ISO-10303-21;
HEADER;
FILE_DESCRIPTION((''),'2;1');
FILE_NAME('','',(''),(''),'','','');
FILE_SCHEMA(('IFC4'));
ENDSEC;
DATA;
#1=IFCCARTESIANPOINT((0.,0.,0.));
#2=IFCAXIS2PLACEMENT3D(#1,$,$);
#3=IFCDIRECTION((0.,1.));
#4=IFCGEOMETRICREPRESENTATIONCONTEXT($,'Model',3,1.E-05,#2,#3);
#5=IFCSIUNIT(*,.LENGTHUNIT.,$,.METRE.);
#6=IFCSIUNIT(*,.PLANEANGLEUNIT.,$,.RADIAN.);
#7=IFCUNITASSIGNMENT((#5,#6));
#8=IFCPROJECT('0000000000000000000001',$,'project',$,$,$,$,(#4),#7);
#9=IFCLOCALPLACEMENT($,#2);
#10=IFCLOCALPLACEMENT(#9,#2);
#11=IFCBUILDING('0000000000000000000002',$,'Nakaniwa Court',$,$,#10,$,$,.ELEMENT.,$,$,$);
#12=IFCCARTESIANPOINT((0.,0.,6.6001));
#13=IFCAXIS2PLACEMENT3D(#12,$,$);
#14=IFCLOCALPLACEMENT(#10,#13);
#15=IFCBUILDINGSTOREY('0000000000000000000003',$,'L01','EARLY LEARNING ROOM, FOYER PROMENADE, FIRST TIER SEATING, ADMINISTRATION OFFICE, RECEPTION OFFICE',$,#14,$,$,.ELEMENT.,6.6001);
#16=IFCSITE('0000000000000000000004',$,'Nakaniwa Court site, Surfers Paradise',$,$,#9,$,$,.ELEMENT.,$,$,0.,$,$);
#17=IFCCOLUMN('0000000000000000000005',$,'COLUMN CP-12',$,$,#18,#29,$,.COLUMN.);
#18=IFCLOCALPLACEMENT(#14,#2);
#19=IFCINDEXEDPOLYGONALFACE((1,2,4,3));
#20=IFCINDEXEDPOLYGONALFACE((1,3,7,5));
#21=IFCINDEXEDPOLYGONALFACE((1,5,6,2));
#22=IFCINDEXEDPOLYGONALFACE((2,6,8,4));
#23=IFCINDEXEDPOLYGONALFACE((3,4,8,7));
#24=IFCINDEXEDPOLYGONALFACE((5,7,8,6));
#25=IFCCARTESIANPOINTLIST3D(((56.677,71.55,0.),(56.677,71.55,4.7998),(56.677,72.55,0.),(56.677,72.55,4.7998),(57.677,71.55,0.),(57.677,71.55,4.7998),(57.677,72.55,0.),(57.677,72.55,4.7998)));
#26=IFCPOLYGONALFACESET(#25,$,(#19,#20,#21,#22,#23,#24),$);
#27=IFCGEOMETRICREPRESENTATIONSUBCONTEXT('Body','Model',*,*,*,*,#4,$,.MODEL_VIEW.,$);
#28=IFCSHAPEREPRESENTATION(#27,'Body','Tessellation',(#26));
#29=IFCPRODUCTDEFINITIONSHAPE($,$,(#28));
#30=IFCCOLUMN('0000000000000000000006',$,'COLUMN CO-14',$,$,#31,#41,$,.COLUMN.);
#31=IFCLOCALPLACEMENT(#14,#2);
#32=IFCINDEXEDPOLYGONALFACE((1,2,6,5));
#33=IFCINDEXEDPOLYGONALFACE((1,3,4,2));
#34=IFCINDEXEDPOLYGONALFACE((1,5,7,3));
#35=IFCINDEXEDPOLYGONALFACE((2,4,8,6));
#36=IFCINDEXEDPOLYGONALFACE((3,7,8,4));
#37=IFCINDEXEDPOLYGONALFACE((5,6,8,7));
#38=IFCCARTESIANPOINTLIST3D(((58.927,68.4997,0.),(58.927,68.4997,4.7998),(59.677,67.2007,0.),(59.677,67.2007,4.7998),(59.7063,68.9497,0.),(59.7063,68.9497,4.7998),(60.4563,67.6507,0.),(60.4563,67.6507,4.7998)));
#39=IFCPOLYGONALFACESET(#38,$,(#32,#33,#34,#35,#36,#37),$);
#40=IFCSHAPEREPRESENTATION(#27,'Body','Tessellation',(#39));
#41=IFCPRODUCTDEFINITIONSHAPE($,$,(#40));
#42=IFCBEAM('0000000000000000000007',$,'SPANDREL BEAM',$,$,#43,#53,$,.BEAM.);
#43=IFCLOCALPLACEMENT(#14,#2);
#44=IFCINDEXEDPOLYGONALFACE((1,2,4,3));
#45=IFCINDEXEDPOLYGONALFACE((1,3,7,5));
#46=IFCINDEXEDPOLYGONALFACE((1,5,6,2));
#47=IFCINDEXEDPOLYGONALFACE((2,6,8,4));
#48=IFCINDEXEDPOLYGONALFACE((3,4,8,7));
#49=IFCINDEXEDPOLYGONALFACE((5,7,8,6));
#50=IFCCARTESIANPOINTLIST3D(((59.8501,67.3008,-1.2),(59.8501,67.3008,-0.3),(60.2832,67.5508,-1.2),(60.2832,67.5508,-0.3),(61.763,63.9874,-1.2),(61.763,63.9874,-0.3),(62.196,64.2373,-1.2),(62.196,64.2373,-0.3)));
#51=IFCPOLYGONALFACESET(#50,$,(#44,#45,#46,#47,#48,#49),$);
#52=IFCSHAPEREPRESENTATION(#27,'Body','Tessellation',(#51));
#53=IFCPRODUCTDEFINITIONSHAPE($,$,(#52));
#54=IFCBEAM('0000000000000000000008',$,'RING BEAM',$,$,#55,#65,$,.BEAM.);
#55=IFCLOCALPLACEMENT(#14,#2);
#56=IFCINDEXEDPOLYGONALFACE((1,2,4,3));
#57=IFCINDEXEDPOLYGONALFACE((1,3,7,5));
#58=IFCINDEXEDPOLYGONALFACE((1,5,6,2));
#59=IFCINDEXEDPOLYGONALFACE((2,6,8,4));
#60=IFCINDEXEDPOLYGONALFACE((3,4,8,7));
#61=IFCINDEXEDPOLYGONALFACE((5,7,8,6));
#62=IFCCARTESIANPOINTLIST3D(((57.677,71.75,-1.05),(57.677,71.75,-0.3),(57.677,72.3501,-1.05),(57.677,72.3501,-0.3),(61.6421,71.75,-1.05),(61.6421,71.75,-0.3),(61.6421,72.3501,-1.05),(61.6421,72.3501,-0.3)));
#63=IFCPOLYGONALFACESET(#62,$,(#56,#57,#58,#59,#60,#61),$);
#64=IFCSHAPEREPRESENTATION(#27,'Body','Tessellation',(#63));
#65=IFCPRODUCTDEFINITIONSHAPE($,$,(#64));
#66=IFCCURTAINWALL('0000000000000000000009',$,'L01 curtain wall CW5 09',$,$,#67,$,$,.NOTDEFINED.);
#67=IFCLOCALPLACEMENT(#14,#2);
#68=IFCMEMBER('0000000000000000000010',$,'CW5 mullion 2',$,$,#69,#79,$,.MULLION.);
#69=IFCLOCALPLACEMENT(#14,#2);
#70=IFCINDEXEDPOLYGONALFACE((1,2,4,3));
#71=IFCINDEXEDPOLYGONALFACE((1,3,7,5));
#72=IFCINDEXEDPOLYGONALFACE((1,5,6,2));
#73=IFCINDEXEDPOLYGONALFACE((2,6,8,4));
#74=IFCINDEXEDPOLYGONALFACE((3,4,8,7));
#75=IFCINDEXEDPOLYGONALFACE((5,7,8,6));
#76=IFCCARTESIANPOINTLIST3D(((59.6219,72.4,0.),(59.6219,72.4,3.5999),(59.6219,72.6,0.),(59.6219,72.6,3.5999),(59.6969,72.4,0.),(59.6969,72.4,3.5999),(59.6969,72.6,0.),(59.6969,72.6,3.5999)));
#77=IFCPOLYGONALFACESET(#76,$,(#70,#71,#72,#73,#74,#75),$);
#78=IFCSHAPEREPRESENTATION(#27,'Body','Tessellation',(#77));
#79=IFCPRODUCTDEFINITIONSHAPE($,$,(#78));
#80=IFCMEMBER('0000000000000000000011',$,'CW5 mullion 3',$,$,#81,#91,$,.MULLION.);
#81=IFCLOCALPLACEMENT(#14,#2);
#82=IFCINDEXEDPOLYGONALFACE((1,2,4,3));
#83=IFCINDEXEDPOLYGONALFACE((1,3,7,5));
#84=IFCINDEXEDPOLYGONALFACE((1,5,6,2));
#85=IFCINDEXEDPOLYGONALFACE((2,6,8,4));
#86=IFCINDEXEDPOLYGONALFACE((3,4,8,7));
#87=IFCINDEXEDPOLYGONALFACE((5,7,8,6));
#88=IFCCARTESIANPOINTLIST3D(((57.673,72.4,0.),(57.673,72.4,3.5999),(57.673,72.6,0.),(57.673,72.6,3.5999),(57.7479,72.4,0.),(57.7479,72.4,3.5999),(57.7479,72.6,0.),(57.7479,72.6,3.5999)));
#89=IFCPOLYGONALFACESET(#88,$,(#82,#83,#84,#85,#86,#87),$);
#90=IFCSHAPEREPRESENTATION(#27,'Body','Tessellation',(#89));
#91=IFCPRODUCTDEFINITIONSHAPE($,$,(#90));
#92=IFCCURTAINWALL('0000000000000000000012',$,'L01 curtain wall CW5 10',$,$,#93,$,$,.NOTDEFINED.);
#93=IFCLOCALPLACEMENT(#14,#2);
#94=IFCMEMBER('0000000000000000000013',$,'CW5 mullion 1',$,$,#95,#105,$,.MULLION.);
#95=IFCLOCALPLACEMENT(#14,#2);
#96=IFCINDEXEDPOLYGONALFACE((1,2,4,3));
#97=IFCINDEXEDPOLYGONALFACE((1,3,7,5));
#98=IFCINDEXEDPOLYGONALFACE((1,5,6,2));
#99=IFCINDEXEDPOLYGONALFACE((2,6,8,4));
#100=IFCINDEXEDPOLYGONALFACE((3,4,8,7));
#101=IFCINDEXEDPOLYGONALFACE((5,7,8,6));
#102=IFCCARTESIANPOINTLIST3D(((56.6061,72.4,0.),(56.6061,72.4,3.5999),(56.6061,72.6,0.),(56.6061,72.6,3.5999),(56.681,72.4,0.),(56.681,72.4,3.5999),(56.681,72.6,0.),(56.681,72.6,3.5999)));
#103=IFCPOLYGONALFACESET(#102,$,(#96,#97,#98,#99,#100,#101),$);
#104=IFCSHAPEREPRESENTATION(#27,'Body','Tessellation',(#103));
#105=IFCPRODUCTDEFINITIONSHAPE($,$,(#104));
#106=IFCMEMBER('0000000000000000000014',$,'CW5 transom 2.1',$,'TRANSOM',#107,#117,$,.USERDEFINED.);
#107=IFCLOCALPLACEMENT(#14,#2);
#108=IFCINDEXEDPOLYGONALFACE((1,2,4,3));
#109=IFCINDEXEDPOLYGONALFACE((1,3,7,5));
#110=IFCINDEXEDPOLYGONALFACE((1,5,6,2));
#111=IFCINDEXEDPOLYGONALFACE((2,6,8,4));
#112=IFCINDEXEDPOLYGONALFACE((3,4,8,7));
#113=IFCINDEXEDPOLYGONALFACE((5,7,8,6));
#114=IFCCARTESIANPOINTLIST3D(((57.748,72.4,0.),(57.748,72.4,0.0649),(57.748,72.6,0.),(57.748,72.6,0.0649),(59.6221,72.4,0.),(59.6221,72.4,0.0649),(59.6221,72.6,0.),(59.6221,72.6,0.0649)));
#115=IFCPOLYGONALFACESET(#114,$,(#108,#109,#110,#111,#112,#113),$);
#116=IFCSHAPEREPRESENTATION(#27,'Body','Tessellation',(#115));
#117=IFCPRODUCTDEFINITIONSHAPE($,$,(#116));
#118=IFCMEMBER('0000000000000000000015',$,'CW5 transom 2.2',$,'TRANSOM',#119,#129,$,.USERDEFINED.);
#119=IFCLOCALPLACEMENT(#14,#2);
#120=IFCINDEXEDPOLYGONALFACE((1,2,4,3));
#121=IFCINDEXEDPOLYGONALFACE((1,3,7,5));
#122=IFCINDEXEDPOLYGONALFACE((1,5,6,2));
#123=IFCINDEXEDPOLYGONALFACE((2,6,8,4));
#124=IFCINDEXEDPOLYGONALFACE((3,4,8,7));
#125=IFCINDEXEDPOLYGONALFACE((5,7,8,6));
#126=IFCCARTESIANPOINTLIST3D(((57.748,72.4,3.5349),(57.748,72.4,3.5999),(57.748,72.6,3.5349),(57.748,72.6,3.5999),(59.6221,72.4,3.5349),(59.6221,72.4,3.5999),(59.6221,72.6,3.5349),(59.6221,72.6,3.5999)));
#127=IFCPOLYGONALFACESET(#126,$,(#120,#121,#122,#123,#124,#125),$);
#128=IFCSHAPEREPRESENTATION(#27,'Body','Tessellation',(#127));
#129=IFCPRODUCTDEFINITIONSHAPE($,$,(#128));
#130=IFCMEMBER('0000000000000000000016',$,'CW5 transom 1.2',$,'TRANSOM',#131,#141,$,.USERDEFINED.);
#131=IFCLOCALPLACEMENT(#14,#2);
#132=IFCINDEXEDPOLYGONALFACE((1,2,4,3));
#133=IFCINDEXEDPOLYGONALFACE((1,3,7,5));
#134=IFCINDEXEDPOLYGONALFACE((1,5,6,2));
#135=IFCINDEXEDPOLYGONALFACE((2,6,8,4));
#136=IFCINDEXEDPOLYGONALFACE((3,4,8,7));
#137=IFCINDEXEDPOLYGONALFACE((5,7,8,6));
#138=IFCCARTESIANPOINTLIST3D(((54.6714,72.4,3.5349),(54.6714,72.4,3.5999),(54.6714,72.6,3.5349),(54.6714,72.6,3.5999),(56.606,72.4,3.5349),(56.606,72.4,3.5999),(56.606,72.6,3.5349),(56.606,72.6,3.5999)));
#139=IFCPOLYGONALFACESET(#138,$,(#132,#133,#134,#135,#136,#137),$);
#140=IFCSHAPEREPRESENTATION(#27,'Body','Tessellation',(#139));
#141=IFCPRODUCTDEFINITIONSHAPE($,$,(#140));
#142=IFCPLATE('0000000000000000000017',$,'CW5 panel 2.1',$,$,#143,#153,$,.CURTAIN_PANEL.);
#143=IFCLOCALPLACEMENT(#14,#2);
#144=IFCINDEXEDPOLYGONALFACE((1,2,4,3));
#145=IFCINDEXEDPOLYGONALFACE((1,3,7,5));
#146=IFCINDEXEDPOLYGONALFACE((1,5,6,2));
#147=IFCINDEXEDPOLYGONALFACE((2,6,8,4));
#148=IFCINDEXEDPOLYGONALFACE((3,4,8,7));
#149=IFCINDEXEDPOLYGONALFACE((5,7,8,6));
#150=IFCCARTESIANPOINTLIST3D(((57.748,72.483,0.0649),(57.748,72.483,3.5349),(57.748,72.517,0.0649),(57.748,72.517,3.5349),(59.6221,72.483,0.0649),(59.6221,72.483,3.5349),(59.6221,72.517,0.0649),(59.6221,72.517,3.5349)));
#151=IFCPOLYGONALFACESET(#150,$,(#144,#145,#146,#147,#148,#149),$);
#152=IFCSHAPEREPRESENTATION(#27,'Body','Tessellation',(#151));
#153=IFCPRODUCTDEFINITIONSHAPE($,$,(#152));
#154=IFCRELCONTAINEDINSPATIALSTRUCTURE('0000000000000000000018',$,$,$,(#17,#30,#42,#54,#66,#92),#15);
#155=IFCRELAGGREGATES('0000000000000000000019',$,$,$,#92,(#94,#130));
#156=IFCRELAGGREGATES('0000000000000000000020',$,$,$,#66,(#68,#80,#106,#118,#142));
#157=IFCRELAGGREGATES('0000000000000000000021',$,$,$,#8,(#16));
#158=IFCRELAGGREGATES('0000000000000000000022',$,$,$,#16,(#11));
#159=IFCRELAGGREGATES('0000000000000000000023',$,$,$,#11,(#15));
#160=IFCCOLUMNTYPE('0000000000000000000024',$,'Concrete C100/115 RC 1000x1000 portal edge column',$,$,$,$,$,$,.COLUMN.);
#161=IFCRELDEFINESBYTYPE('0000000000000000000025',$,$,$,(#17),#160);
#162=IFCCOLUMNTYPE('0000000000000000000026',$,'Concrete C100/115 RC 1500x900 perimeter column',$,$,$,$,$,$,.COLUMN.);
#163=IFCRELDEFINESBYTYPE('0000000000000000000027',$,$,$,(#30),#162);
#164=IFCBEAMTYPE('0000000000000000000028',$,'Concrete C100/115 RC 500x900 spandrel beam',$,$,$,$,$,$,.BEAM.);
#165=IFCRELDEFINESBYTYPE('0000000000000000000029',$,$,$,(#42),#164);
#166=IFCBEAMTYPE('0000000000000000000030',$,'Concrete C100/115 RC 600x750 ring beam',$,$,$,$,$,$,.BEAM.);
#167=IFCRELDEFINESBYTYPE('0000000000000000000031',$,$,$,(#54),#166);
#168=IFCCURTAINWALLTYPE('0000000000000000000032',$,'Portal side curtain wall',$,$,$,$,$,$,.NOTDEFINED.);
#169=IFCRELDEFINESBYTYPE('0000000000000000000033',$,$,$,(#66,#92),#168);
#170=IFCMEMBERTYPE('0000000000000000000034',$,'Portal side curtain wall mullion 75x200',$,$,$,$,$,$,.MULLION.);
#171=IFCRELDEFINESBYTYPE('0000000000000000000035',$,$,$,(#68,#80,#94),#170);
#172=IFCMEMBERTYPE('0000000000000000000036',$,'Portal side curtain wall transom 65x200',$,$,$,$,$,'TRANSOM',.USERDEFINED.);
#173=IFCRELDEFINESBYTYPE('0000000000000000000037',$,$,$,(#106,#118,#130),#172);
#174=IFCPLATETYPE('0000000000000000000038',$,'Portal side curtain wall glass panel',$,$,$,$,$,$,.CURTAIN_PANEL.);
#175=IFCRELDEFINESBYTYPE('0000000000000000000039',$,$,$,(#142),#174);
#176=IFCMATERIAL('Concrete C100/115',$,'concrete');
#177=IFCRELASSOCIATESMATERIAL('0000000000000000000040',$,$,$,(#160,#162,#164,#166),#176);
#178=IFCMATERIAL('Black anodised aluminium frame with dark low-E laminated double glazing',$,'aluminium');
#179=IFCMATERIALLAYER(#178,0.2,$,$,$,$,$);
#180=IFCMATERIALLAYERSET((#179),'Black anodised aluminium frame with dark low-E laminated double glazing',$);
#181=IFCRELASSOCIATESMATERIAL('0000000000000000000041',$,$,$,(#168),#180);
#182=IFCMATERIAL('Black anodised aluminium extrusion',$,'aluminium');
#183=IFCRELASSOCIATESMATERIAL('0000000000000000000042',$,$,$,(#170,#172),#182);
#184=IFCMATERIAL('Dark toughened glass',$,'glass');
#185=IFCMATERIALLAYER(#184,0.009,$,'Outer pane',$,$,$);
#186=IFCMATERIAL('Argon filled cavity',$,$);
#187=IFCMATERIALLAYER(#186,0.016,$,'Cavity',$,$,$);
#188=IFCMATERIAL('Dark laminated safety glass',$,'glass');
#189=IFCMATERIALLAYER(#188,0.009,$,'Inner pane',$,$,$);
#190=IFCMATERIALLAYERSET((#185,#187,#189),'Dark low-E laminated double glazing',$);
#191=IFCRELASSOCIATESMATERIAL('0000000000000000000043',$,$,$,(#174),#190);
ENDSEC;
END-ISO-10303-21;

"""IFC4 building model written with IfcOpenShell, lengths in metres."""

from ifc_helpers import new_model, si_unit, direction, frame, origin, origin_2d, place, context, subcontext, project, spatial, rectangle, extrude, material, layer, layer_set, material_profile, profile_set, type_object, element, aggregate, save


model = new_model("IFC4")

# Units and contexts
model_context = context("Model", 3, precision=1e-05, world=origin(), true_north=direction((0.0, 1.0)))
body_context = subcontext(model_context, "Body", "Model", "MODEL_VIEW")
ifc_project = project(units=[si_unit("LENGTHUNIT", "METRE"), si_unit("PLANEANGLEUNIT", "RADIAN")], contexts=[model_context])

# Site, building, storey
site_placement = place(None, origin())
site = spatial("IfcSite", under=ifc_project, at=site_placement, Name="Nakaniwa Court site, Surfers Paradise", CompositionType="ELEMENT", RefElevation=0.0)
building_placement = place(site_placement, origin())
building = spatial("IfcBuilding", under=site, at=building_placement, Name="Nakaniwa Court", CompositionType="ELEMENT")
storey_placement = place(building_placement, frame((0.0, 0.0, 6.6001)))
storey = spatial("IfcBuildingStorey", under=building, at=storey_placement, Name="L01", Description="EARLY LEARNING ROOM, FOYER PROMENADE, FIRST TIER SEATING, ADMINISTRATION OFFICE, RECEPTION OFFICE", CompositionType="ELEMENT", Elevation=6.6001)

# Columns
ifc_material_1 = material(Name="Concrete C100/115", Category="concrete")
ifc_material_profile_1 = material_profile(ifc_material_1, rectangle(XDim=1.0, YDim=1.0, at=origin_2d()), Name="Concrete C100/115 RC 1000x1000 portal edge column")
ifc_profile_set_1 = profile_set([ifc_material_profile_1], Name="Concrete C100/115")
column_type_1 = type_object("IfcColumnType", Name="Concrete C100/115 RC 1000x1000 portal edge column", PredefinedType="COLUMN", material=ifc_profile_set_1)
column_1_placement = place(storey_placement, frame((57.177, 72.05, 0.0), z_axis=(0.0, 0.0, 1.0), x_axis=(1.0, 0.0, 0.0)))
element("IfcColumn", 1, at=column_1_placement, inside=storey, type_object=column_type_1, Name="COLUMN CP-12", PredefinedType="COLUMN", context=body_context, shape_type="SweptSolid", body=[
    extrude(rectangle(XDim=1.0, YDim=1.0, at=origin_2d()), origin(), (0.0, 0.0, 1.0), 4.7998),
])
ifc_material_profile_2 = material_profile(ifc_material_1, rectangle(XDim=1.5, YDim=0.8999, at=origin_2d()), Name="Concrete C100/115 RC 1500x900 perimeter column")
ifc_profile_set_2 = profile_set([ifc_material_profile_2], Name="Concrete C100/115")
column_type_2 = type_object("IfcColumnType", Name="Concrete C100/115 RC 1500x900 perimeter column", PredefinedType="COLUMN", material=ifc_profile_set_2)
column_2_placement = place(storey_placement, frame((59.6917, 68.0752, 0.0), z_axis=(0.0, 0.0, 1.0), x_axis=(0.5, -0.866025, 0.0)))
element("IfcColumn", 2, at=column_2_placement, inside=storey, type_object=column_type_2, Name="COLUMN CO-14", PredefinedType="COLUMN", context=body_context, shape_type="SweptSolid", body=[
    extrude(rectangle(XDim=1.5, YDim=0.8999, at=origin_2d()), origin(), (0.0, 0.0, 1.0), 4.7998),
])

# Beams
ifc_material_profile_3 = material_profile(ifc_material_1, rectangle(XDim=0.5, YDim=0.8999, at=origin_2d()), Name="Concrete C100/115 RC 500x900 spandrel beam")
ifc_profile_set_3 = profile_set([ifc_material_profile_3], Name="Concrete C100/115")
beam_type_1 = type_object("IfcBeamType", Name="Concrete C100/115 RC 500x900 spandrel beam", PredefinedType="BEAM", material=ifc_profile_set_3)
beam_1_placement = place(storey_placement, frame((60.0667, 67.4258, -0.75), z_axis=(0.499962, -0.866047, 0.0), x_axis=(0.866047, 0.499962, 0.0)))
element("IfcBeam", 3, at=beam_1_placement, inside=storey, type_object=beam_type_1, Name="SPANDREL BEAM", PredefinedType="BEAM", context=body_context, shape_type="SweptSolid", body=[
    extrude(rectangle(XDim=0.5, YDim=0.8999, at=origin_2d()), origin(), (0.0, 0.0, 1.0), 3.8259),
])
ifc_material_profile_4 = material_profile(ifc_material_1, rectangle(XDim=0.6001, YDim=0.75, at=origin_2d()), Name="Concrete C100/115 RC 600x750 ring beam")
ifc_profile_set_4 = profile_set([ifc_material_profile_4], Name="Concrete C100/115")
beam_type_2 = type_object("IfcBeamType", Name="Concrete C100/115 RC 600x750 ring beam", PredefinedType="BEAM", material=ifc_profile_set_4)
beam_2_placement = place(storey_placement, frame((57.677, 72.05, -0.675), z_axis=(1.0, 0.0, 0.0), x_axis=(0.0, 1.0, 0.0)))
element("IfcBeam", 4, at=beam_2_placement, inside=storey, type_object=beam_type_2, Name="RING BEAM", PredefinedType="BEAM", context=body_context, shape_type="SweptSolid", body=[
    extrude(rectangle(XDim=0.6001, YDim=0.75, at=origin_2d()), origin(), (0.0, 0.0, 1.0), 3.9651),
])

# Curtain wall, members
ifc_material_2 = material(Name="Black anodised aluminium frame with dark low-E laminated double glazing", Category="aluminium")
ifc_layer_1 = layer(ifc_material_2, 0.2)
ifc_layer_set_1 = layer_set([ifc_layer_1], Name="Black anodised aluminium frame with dark low-E laminated double glazing")
curtain_wall_type = type_object("IfcCurtainWallType", Name="Portal side curtain wall", PredefinedType="NOTDEFINED", material=ifc_layer_set_1)
curtain_wall_1_placement = place(storey_placement, origin())
curtain_wall_1 = element("IfcCurtainWall", 5, at=curtain_wall_1_placement, inside=storey, type_object=curtain_wall_type, Name="L01 curtain wall CW5 09", PredefinedType="NOTDEFINED")
ifc_material_3 = material(Name="Black anodised aluminium extrusion", Category="aluminium")
ifc_material_profile_5 = material_profile(ifc_material_3, rectangle(XDim=0.2, YDim=0.075, at=origin_2d()), Name="Portal side curtain wall mullion 75x200")
ifc_profile_set_5 = profile_set([ifc_material_profile_5], Name="Black anodised aluminium extrusion")
member_type_1 = type_object("IfcMemberType", Name="Portal side curtain wall mullion 75x200", PredefinedType="MULLION", material=ifc_profile_set_5)
member_1_placement = place(storey_placement, frame((59.6594, 72.5, 0.0), z_axis=(0.0, 0.0, 1.0), x_axis=(0.0, -1.0, 0.0)))
member_1 = element("IfcMember", 6, at=member_1_placement, type_object=member_type_1, Name="CW5 mullion 2", PredefinedType="MULLION", context=body_context, shape_type="SweptSolid", body=[
    extrude(rectangle(XDim=0.2, YDim=0.075, at=origin_2d()), origin(), (0.0, 0.0, 1.0), 3.5999),
])
member_2_placement = place(storey_placement, frame((57.7104, 72.5, 0.0), z_axis=(0.0, 0.0, 1.0), x_axis=(0.0, -1.0, 0.0)))
member_2 = element("IfcMember", 7, at=member_2_placement, type_object=member_type_1, Name="CW5 mullion 3", PredefinedType="MULLION", context=body_context, shape_type="SweptSolid", body=[
    extrude(rectangle(XDim=0.2, YDim=0.075, at=origin_2d()), origin(), (0.0, 0.0, 1.0), 3.5999),
])

# Curtain wall, member
curtain_wall_2_placement = place(storey_placement, origin())
curtain_wall_2 = element("IfcCurtainWall", 8, at=curtain_wall_2_placement, inside=storey, type_object=curtain_wall_type, Name="L01 curtain wall CW5 10", PredefinedType="NOTDEFINED")
member_3_placement = place(storey_placement, frame((56.6436, 72.5, 0.0), z_axis=(0.0, 0.0, 1.0), x_axis=(0.0, -1.0, 0.0)))
member_3 = element("IfcMember", 9, at=member_3_placement, type_object=member_type_1, Name="CW5 mullion 1", PredefinedType="MULLION", context=body_context, shape_type="SweptSolid", body=[
    extrude(rectangle(XDim=0.2, YDim=0.075, at=origin_2d()), origin(), (0.0, 0.0, 1.0), 3.5999),
])

# Members
ifc_material_profile_6 = material_profile(ifc_material_3, rectangle(XDim=0.2, YDim=0.0649, at=origin_2d()), Name="Portal side curtain wall transom 65x200")
ifc_profile_set_6 = profile_set([ifc_material_profile_6], Name="Black anodised aluminium extrusion")
member_type_2 = type_object("IfcMemberType", Name="Portal side curtain wall transom 65x200", ElementType="TRANSOM", PredefinedType="USERDEFINED", material=ifc_profile_set_6)
member_4_placement = place(storey_placement, frame((59.6221, 72.5, 0.0325), z_axis=(-1.0, 0.0, 0.0), x_axis=(0.0, -1.0, 0.0)))
member_4 = element("IfcMember", 10, at=member_4_placement, type_object=member_type_2, Name="CW5 transom 2.1", ObjectType="TRANSOM", PredefinedType="USERDEFINED", context=body_context, shape_type="SweptSolid", body=[
    extrude(rectangle(XDim=0.2, YDim=0.0649, at=origin_2d()), origin(), (0.0, 0.0, 1.0), 1.874),
])
member_5_placement = place(storey_placement, frame((59.6221, 72.5, 3.5674), z_axis=(-1.0, 0.0, 0.0), x_axis=(0.0, -1.0, 0.0)))
member_5 = element("IfcMember", 11, at=member_5_placement, type_object=member_type_2, Name="CW5 transom 2.2", ObjectType="TRANSOM", PredefinedType="USERDEFINED", context=body_context, shape_type="SweptSolid", body=[
    extrude(rectangle(XDim=0.2, YDim=0.0649, at=origin_2d()), origin(), (0.0, 0.0, 1.0), 1.874),
])
member_6_placement = place(storey_placement, frame((56.606, 72.5, 3.5674), z_axis=(-1.0, 0.0, 0.0), x_axis=(0.0, -1.0, 0.0)))
member_6 = element("IfcMember", 12, at=member_6_placement, type_object=member_type_2, Name="CW5 transom 1.2", ObjectType="TRANSOM", PredefinedType="USERDEFINED", context=body_context, shape_type="SweptSolid", body=[
    extrude(rectangle(XDim=0.2, YDim=0.0649, at=origin_2d()), origin(), (0.0, 0.0, 1.0), 1.9346),
])
aggregate(curtain_wall_2, [member_3, member_6])

# Plate
ifc_material_4 = material(Name="Dark toughened glass", Category="glass")
ifc_layer_2 = layer(ifc_material_4, 0.009, Name="Outer pane")
ifc_material_5 = material(Name="Argon filled cavity")
ifc_layer_3 = layer(ifc_material_5, 0.016, Name="Cavity")
ifc_material_6 = material(Name="Dark laminated safety glass", Category="glass")
ifc_layer_4 = layer(ifc_material_6, 0.009, Name="Inner pane")
ifc_layer_set_2 = layer_set([ifc_layer_2, ifc_layer_3, ifc_layer_4], Name="Dark low-E laminated double glazing")
plate_type = type_object("IfcPlateType", Name="Portal side curtain wall glass panel", PredefinedType="CURTAIN_PANEL", material=ifc_layer_set_2)
plate_placement = place(storey_placement, frame((58.6851, 72.5, 0.0649), z_axis=(0.0, 0.0, 1.0), x_axis=(-1.0, 0.0, 0.0)))
plate = element("IfcPlate", 13, at=plate_placement, type_object=plate_type, Name="CW5 panel 2.1", PredefinedType="CURTAIN_PANEL", context=body_context, shape_type="SweptSolid", body=[
    extrude(rectangle(XDim=1.874, YDim=0.0339, at=origin_2d()), origin(), (0.0, 0.0, 1.0), 3.47),
])
aggregate(curtain_wall_1, [member_1, member_2, member_4, member_5, plate])

save(model, "model.ifc")
